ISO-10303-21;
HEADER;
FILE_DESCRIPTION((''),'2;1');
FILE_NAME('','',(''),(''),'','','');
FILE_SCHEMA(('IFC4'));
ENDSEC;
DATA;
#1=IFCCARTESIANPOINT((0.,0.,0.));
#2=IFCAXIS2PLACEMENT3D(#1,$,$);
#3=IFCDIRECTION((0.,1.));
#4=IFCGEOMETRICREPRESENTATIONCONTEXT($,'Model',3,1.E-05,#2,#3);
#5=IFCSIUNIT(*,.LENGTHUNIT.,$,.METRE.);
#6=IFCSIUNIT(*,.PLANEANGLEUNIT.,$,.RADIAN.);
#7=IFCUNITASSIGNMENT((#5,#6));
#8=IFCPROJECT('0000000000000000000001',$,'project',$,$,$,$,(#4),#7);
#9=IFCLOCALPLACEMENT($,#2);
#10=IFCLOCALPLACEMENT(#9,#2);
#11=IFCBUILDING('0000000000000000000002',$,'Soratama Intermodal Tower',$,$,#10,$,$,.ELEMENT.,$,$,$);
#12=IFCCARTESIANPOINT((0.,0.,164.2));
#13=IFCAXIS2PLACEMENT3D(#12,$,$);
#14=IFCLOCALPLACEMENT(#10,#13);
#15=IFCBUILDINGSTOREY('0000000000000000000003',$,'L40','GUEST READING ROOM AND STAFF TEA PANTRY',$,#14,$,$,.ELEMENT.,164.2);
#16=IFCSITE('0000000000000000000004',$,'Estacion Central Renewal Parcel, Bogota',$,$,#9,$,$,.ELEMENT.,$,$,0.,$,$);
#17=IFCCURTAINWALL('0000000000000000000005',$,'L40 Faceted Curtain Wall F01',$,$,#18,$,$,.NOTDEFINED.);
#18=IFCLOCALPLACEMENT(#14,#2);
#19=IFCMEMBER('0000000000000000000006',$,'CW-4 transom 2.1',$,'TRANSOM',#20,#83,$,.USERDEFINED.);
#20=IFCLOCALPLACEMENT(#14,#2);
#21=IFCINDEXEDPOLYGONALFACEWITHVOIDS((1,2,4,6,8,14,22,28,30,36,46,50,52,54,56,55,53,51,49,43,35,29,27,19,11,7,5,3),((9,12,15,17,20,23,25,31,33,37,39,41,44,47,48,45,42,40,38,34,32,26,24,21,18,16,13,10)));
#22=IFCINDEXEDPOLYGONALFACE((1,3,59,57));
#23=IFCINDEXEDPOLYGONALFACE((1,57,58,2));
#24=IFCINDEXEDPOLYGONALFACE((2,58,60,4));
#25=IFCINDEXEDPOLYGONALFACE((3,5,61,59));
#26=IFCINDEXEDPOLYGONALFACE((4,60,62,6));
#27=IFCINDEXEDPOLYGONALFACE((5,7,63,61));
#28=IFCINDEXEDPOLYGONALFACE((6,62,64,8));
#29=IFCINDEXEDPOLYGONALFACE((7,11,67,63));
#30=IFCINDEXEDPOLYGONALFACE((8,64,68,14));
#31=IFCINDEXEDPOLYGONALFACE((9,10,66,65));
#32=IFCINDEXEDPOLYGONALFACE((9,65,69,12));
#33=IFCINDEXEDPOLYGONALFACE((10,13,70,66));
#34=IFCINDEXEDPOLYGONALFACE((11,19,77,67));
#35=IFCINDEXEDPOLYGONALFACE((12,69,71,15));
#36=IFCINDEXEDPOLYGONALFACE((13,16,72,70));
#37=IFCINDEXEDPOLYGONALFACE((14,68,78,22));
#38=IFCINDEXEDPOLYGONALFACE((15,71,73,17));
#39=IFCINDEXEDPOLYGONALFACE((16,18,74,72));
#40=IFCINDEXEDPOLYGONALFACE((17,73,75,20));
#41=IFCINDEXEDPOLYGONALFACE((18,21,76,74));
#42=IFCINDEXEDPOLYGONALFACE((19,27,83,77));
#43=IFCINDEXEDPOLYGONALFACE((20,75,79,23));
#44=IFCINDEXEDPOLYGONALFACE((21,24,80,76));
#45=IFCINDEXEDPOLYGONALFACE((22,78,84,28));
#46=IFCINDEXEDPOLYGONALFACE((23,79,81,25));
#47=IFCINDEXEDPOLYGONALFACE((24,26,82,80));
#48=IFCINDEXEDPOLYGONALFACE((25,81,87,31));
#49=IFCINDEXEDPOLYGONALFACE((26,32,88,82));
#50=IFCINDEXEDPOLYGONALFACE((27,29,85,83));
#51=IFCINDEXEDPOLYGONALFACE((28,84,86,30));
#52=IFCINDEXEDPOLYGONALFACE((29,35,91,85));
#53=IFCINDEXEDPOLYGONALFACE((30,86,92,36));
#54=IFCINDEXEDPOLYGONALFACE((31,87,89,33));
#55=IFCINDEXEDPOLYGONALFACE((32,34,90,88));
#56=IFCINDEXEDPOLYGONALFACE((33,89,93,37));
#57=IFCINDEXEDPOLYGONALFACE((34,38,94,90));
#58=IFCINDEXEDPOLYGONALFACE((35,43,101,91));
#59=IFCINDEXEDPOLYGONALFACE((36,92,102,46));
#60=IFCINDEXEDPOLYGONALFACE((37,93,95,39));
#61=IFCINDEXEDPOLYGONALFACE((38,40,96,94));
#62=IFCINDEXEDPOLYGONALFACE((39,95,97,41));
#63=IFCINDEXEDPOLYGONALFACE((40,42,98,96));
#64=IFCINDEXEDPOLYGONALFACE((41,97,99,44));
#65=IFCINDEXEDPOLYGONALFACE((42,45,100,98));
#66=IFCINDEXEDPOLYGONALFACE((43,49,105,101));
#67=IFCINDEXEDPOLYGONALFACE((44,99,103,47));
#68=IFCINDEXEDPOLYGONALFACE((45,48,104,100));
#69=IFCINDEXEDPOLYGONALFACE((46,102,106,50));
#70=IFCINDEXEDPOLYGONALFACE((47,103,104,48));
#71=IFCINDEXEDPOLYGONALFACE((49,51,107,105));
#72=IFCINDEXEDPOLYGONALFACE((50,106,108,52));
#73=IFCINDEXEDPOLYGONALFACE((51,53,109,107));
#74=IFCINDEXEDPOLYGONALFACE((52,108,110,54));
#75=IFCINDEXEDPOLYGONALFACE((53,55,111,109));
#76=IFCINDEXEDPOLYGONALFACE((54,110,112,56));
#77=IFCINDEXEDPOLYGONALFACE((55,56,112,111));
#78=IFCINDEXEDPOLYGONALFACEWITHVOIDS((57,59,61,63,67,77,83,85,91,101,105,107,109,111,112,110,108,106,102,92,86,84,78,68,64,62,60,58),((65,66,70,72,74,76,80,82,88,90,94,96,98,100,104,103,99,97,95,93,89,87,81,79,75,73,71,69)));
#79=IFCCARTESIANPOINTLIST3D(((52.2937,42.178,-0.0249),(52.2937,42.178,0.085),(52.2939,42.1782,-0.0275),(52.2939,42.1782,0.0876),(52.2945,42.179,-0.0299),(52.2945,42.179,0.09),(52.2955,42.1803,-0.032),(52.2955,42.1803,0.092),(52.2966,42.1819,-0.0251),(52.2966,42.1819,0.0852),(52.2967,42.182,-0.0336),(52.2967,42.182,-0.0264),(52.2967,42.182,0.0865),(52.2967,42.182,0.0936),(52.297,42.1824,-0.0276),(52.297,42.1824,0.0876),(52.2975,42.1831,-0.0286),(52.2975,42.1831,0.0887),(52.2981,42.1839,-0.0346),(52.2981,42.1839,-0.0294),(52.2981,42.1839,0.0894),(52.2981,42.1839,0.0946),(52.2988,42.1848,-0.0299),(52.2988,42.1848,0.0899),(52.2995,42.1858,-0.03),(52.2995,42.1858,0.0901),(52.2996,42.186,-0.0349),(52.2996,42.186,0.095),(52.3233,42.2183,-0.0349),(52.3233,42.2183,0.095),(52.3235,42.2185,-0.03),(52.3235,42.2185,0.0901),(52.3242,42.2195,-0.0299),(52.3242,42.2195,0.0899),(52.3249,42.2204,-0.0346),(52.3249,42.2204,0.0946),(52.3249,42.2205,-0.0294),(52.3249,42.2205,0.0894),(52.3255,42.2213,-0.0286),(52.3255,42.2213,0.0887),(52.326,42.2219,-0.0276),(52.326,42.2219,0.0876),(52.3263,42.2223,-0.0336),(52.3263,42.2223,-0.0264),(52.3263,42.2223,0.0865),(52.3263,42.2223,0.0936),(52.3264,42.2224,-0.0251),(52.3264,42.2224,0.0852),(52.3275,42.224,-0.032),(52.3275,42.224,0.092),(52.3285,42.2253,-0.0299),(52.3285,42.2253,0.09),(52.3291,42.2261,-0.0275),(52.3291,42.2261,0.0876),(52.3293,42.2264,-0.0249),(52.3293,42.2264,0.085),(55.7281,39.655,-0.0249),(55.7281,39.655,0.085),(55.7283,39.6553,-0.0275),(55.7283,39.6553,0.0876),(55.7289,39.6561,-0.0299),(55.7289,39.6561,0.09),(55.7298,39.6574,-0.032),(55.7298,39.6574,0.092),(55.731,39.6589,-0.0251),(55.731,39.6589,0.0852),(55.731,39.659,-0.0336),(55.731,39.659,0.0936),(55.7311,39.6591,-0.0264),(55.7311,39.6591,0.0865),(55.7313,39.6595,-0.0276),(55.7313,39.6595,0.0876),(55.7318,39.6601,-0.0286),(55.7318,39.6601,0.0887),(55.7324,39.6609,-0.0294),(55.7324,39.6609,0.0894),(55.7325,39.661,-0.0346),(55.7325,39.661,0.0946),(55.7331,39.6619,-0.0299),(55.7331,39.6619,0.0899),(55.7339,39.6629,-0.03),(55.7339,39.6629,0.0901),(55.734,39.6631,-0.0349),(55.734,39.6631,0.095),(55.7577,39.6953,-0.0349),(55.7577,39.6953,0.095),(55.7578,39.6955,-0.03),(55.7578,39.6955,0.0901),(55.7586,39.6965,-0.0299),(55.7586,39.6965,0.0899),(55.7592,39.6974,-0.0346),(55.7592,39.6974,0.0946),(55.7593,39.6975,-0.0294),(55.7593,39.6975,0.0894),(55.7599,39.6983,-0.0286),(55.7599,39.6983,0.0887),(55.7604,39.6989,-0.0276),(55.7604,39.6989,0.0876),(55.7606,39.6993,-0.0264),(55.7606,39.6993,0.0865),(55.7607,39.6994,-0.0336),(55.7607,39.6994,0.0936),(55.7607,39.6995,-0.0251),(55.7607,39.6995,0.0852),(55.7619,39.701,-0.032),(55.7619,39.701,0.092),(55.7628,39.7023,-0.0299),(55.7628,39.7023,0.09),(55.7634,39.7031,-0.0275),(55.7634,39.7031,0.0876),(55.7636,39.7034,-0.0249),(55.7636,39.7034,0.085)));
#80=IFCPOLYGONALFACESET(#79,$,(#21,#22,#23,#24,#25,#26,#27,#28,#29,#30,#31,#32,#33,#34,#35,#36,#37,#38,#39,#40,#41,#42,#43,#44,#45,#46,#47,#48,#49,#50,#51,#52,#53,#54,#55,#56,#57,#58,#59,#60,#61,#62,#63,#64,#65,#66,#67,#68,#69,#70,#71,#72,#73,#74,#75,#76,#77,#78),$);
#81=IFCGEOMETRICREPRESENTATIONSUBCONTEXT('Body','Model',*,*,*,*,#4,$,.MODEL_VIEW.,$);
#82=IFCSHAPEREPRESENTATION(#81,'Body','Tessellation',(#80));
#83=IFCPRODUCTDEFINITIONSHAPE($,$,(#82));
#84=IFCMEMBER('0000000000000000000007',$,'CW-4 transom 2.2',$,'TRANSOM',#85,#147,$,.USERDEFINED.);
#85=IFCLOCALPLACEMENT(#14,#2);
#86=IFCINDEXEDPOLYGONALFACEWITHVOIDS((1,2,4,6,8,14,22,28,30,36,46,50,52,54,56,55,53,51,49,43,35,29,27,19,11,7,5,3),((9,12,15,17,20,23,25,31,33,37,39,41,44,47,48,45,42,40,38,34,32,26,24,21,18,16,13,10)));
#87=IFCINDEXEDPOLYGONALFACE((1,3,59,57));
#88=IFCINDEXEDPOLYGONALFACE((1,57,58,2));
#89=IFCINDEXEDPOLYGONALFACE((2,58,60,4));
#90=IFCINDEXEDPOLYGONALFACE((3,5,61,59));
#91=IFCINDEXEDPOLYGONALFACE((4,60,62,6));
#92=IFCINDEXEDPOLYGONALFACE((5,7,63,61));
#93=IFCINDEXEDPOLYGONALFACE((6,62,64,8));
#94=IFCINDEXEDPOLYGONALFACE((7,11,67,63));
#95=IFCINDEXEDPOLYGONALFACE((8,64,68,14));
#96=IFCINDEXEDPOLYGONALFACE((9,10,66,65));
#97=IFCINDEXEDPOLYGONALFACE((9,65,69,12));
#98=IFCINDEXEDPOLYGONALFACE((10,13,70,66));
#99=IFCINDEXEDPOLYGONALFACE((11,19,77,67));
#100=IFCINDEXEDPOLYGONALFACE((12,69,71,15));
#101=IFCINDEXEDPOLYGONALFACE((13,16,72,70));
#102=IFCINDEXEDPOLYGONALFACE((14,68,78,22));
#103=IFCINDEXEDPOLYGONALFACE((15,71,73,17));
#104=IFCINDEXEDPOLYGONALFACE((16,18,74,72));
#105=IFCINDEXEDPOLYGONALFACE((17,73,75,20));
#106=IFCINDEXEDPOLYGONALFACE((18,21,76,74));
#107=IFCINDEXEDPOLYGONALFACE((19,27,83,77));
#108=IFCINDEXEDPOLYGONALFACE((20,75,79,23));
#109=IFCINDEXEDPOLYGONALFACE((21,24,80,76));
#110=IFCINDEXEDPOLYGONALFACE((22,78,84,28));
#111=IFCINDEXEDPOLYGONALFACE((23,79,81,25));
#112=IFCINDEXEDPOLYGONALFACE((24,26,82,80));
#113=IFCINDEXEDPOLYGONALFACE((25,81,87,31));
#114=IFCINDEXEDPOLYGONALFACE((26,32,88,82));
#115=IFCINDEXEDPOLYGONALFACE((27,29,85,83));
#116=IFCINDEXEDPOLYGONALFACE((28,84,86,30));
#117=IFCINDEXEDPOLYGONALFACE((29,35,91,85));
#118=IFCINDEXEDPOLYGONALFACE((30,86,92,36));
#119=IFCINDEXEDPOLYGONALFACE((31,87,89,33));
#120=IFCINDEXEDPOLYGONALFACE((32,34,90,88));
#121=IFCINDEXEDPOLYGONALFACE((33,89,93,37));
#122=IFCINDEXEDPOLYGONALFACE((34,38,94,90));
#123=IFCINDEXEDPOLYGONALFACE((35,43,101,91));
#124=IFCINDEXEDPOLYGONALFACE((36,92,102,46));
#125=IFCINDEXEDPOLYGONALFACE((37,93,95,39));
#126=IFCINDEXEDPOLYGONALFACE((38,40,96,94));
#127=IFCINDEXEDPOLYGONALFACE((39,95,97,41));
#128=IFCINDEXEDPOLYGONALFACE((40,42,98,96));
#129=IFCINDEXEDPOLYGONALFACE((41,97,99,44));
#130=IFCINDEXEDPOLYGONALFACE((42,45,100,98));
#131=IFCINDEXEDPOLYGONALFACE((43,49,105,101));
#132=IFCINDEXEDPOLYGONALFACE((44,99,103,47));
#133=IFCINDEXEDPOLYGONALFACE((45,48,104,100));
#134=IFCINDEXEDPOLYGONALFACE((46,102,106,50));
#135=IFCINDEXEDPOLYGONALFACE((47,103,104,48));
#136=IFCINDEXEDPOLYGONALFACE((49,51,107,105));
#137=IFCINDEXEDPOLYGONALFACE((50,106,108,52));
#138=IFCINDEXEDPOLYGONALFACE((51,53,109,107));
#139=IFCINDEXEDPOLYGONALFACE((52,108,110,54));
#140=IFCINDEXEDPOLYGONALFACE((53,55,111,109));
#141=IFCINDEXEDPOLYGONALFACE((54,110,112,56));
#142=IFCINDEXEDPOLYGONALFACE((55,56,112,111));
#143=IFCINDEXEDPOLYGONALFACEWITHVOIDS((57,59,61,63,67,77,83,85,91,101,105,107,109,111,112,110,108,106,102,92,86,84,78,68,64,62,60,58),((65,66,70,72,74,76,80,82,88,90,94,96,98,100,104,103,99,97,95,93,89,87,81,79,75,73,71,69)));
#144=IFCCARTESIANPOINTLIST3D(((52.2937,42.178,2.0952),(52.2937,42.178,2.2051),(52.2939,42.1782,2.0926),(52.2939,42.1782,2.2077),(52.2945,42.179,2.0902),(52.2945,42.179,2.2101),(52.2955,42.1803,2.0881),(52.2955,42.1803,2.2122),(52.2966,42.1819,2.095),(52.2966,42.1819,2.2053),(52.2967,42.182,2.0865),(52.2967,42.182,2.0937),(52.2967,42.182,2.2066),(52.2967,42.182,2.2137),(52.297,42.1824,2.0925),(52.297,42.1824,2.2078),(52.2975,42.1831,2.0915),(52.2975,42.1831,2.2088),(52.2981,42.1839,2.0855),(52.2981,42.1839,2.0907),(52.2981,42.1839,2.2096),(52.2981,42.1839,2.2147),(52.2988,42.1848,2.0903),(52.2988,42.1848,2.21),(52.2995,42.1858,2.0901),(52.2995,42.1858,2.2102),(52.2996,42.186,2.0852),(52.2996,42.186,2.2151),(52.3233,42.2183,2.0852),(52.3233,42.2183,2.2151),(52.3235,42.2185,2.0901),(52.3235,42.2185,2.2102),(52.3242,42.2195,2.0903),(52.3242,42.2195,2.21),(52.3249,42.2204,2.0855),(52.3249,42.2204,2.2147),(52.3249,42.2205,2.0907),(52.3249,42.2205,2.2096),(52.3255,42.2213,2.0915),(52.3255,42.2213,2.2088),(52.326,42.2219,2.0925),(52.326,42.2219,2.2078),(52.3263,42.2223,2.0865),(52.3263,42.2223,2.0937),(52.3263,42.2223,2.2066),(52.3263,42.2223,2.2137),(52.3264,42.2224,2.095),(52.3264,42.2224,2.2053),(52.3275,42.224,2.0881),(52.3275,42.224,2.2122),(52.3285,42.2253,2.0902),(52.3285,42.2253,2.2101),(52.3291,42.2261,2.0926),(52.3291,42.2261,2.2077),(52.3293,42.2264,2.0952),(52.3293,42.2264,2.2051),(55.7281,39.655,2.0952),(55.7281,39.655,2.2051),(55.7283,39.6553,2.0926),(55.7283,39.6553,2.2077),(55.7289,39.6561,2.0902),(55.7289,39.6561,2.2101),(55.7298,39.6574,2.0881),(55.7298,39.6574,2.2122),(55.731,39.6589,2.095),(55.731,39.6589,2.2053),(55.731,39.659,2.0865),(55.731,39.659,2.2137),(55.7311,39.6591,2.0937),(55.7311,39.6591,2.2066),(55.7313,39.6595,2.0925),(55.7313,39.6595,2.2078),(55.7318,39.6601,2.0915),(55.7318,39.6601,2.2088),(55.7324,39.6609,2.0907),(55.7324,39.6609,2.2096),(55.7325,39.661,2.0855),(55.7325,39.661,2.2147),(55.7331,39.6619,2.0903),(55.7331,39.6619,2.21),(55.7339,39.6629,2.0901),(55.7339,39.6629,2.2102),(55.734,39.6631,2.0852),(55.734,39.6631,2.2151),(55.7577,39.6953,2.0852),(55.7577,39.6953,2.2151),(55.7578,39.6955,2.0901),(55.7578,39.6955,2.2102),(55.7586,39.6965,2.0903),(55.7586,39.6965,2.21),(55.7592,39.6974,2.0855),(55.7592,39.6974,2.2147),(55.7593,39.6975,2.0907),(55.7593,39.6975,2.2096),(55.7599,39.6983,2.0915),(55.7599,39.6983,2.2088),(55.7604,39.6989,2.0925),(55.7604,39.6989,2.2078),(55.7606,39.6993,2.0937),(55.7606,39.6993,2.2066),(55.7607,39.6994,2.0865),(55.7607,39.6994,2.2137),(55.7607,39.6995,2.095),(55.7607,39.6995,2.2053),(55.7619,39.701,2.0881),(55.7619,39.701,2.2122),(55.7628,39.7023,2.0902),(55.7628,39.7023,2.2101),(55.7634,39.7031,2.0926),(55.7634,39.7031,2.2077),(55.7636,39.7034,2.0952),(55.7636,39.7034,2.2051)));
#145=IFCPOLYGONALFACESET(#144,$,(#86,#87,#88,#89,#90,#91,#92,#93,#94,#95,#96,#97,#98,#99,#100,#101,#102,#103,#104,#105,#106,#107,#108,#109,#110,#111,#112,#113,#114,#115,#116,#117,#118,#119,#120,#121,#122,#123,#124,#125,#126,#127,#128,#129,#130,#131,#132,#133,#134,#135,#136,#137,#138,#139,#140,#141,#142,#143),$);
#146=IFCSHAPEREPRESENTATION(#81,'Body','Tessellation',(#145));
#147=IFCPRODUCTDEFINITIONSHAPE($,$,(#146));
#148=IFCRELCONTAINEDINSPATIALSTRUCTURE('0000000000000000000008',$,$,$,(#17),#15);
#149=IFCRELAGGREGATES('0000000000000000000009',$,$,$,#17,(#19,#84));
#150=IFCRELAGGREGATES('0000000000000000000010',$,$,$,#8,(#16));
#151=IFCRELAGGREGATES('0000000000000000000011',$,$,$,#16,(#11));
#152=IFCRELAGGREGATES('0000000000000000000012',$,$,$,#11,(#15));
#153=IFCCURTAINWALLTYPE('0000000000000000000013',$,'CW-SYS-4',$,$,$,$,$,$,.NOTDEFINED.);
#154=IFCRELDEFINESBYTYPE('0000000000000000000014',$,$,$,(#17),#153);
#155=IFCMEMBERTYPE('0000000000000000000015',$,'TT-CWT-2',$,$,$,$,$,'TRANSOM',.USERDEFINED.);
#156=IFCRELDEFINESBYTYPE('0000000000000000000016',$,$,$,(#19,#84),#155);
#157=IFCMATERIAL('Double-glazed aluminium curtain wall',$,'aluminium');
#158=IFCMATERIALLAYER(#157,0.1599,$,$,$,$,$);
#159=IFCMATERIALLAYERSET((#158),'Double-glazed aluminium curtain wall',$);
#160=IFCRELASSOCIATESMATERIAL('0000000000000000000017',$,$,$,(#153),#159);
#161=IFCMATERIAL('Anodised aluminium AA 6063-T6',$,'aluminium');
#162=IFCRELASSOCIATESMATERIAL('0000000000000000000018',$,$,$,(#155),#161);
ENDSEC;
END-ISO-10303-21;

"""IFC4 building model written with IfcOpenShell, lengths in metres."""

from ifc_helpers import new_model, si_unit, direction, frame, origin, origin_2d, place, context, subcontext, project, spatial, hollow_rectangle, extrude, material, layer, layer_set, material_profile, profile_set, type_object, element, aggregate, save


model = new_model("IFC4")

# Units and contexts
model_context = context("Model", 3, precision=1e-05, world=origin(), true_north=direction((0.0, 1.0)))
body_context = subcontext(model_context, "Body", "Model", "MODEL_VIEW")
ifc_project = project(units=[si_unit("LENGTHUNIT", "METRE"), si_unit("PLANEANGLEUNIT", "RADIAN")], contexts=[model_context])

# Site, building, storey
site_placement = place(None, origin())
site = spatial("IfcSite", under=ifc_project, at=site_placement, Name="Estacion Central Renewal Parcel, Bogota", CompositionType="ELEMENT", RefElevation=0.0)
building_placement = place(site_placement, origin())
building = spatial("IfcBuilding", under=site, at=building_placement, Name="Soratama Intermodal Tower", CompositionType="ELEMENT")
storey_placement = place(building_placement, frame((0.0, 0.0, 164.2)))
storey = spatial("IfcBuildingStorey", under=building, at=storey_placement, Name="L40", Description="GUEST READING ROOM AND STAFF TEA PANTRY", CompositionType="ELEMENT", Elevation=164.2)

# Curtain wall, members
ifc_material_1 = material(Name="Double-glazed aluminium curtain wall", Category="aluminium")
ifc_layer_1 = layer(ifc_material_1, 0.1599)
ifc_layer_set_1 = layer_set([ifc_layer_1], Name="Double-glazed aluminium curtain wall")
curtain_wall_type = type_object("IfcCurtainWallType", Name="CW-SYS-4", PredefinedType="NOTDEFINED", material=ifc_layer_set_1)
curtain_wall_placement = place(storey_placement, origin())
curtain_wall = element("IfcCurtainWall", 1, at=curtain_wall_placement, inside=storey, type_object=curtain_wall_type, Name="L40 Faceted Curtain Wall F01", PredefinedType="NOTDEFINED")
ifc_material_2 = material(Name="Anodised aluminium AA 6063-T6", Category="aluminium")
ifc_material_profile_1 = material_profile(ifc_material_2, hollow_rectangle(XDim=0.0601, YDim=0.1299, WallThickness=0.0049, InnerFilletRadius=0.0049, OuterFilletRadius=0.01, at=origin_2d()), Name="CWT130X60X5")
ifc_profile_set_1 = profile_set([ifc_material_profile_1], Name="Anodised aluminium AA 6063-T6")
member_type_1 = type_object("IfcMemberType", Name="TT-CWT-2", ElementType="TRANSOM", PredefinedType="USERDEFINED", material=ifc_profile_set_1)
member_1_placement = place(storey_placement, frame((55.7458, 39.6792, 0.03), z_axis=(-0.805907, 0.592042, 0.0), x_axis=(-0.592042, -0.805907, 0.0)))
member_1 = element("IfcMember", 2, at=member_1_placement, type_object=member_type_1, Name="CW-4 transom 2.1", ObjectType="TRANSOM", PredefinedType="USERDEFINED", context=body_context, shape_type="SweptSolid", body=[
    extrude(hollow_rectangle(XDim=0.0601, YDim=0.1299, WallThickness=0.0049, InnerFilletRadius=0.0049, OuterFilletRadius=0.01, at=origin_2d()), origin(), (0.0, 0.0, 1.0), 4.2615),
])
member_2_placement = place(storey_placement, frame((55.7458, 39.6792, 2.1501), z_axis=(-0.805907, 0.592042, 0.0), x_axis=(-0.592042, -0.805907, 0.0)))
member_2 = element("IfcMember", 3, at=member_2_placement, type_object=member_type_1, Name="CW-4 transom 2.2", ObjectType="TRANSOM", PredefinedType="USERDEFINED", context=body_context, shape_type="SweptSolid", body=[
    extrude(hollow_rectangle(XDim=0.0601, YDim=0.1299, WallThickness=0.0049, InnerFilletRadius=0.0049, OuterFilletRadius=0.01, at=origin_2d()), origin(), (0.0, 0.0, 1.0), 4.2615),
])
aggregate(curtain_wall, [member_1, member_2])

save(model, "model.ifc")
